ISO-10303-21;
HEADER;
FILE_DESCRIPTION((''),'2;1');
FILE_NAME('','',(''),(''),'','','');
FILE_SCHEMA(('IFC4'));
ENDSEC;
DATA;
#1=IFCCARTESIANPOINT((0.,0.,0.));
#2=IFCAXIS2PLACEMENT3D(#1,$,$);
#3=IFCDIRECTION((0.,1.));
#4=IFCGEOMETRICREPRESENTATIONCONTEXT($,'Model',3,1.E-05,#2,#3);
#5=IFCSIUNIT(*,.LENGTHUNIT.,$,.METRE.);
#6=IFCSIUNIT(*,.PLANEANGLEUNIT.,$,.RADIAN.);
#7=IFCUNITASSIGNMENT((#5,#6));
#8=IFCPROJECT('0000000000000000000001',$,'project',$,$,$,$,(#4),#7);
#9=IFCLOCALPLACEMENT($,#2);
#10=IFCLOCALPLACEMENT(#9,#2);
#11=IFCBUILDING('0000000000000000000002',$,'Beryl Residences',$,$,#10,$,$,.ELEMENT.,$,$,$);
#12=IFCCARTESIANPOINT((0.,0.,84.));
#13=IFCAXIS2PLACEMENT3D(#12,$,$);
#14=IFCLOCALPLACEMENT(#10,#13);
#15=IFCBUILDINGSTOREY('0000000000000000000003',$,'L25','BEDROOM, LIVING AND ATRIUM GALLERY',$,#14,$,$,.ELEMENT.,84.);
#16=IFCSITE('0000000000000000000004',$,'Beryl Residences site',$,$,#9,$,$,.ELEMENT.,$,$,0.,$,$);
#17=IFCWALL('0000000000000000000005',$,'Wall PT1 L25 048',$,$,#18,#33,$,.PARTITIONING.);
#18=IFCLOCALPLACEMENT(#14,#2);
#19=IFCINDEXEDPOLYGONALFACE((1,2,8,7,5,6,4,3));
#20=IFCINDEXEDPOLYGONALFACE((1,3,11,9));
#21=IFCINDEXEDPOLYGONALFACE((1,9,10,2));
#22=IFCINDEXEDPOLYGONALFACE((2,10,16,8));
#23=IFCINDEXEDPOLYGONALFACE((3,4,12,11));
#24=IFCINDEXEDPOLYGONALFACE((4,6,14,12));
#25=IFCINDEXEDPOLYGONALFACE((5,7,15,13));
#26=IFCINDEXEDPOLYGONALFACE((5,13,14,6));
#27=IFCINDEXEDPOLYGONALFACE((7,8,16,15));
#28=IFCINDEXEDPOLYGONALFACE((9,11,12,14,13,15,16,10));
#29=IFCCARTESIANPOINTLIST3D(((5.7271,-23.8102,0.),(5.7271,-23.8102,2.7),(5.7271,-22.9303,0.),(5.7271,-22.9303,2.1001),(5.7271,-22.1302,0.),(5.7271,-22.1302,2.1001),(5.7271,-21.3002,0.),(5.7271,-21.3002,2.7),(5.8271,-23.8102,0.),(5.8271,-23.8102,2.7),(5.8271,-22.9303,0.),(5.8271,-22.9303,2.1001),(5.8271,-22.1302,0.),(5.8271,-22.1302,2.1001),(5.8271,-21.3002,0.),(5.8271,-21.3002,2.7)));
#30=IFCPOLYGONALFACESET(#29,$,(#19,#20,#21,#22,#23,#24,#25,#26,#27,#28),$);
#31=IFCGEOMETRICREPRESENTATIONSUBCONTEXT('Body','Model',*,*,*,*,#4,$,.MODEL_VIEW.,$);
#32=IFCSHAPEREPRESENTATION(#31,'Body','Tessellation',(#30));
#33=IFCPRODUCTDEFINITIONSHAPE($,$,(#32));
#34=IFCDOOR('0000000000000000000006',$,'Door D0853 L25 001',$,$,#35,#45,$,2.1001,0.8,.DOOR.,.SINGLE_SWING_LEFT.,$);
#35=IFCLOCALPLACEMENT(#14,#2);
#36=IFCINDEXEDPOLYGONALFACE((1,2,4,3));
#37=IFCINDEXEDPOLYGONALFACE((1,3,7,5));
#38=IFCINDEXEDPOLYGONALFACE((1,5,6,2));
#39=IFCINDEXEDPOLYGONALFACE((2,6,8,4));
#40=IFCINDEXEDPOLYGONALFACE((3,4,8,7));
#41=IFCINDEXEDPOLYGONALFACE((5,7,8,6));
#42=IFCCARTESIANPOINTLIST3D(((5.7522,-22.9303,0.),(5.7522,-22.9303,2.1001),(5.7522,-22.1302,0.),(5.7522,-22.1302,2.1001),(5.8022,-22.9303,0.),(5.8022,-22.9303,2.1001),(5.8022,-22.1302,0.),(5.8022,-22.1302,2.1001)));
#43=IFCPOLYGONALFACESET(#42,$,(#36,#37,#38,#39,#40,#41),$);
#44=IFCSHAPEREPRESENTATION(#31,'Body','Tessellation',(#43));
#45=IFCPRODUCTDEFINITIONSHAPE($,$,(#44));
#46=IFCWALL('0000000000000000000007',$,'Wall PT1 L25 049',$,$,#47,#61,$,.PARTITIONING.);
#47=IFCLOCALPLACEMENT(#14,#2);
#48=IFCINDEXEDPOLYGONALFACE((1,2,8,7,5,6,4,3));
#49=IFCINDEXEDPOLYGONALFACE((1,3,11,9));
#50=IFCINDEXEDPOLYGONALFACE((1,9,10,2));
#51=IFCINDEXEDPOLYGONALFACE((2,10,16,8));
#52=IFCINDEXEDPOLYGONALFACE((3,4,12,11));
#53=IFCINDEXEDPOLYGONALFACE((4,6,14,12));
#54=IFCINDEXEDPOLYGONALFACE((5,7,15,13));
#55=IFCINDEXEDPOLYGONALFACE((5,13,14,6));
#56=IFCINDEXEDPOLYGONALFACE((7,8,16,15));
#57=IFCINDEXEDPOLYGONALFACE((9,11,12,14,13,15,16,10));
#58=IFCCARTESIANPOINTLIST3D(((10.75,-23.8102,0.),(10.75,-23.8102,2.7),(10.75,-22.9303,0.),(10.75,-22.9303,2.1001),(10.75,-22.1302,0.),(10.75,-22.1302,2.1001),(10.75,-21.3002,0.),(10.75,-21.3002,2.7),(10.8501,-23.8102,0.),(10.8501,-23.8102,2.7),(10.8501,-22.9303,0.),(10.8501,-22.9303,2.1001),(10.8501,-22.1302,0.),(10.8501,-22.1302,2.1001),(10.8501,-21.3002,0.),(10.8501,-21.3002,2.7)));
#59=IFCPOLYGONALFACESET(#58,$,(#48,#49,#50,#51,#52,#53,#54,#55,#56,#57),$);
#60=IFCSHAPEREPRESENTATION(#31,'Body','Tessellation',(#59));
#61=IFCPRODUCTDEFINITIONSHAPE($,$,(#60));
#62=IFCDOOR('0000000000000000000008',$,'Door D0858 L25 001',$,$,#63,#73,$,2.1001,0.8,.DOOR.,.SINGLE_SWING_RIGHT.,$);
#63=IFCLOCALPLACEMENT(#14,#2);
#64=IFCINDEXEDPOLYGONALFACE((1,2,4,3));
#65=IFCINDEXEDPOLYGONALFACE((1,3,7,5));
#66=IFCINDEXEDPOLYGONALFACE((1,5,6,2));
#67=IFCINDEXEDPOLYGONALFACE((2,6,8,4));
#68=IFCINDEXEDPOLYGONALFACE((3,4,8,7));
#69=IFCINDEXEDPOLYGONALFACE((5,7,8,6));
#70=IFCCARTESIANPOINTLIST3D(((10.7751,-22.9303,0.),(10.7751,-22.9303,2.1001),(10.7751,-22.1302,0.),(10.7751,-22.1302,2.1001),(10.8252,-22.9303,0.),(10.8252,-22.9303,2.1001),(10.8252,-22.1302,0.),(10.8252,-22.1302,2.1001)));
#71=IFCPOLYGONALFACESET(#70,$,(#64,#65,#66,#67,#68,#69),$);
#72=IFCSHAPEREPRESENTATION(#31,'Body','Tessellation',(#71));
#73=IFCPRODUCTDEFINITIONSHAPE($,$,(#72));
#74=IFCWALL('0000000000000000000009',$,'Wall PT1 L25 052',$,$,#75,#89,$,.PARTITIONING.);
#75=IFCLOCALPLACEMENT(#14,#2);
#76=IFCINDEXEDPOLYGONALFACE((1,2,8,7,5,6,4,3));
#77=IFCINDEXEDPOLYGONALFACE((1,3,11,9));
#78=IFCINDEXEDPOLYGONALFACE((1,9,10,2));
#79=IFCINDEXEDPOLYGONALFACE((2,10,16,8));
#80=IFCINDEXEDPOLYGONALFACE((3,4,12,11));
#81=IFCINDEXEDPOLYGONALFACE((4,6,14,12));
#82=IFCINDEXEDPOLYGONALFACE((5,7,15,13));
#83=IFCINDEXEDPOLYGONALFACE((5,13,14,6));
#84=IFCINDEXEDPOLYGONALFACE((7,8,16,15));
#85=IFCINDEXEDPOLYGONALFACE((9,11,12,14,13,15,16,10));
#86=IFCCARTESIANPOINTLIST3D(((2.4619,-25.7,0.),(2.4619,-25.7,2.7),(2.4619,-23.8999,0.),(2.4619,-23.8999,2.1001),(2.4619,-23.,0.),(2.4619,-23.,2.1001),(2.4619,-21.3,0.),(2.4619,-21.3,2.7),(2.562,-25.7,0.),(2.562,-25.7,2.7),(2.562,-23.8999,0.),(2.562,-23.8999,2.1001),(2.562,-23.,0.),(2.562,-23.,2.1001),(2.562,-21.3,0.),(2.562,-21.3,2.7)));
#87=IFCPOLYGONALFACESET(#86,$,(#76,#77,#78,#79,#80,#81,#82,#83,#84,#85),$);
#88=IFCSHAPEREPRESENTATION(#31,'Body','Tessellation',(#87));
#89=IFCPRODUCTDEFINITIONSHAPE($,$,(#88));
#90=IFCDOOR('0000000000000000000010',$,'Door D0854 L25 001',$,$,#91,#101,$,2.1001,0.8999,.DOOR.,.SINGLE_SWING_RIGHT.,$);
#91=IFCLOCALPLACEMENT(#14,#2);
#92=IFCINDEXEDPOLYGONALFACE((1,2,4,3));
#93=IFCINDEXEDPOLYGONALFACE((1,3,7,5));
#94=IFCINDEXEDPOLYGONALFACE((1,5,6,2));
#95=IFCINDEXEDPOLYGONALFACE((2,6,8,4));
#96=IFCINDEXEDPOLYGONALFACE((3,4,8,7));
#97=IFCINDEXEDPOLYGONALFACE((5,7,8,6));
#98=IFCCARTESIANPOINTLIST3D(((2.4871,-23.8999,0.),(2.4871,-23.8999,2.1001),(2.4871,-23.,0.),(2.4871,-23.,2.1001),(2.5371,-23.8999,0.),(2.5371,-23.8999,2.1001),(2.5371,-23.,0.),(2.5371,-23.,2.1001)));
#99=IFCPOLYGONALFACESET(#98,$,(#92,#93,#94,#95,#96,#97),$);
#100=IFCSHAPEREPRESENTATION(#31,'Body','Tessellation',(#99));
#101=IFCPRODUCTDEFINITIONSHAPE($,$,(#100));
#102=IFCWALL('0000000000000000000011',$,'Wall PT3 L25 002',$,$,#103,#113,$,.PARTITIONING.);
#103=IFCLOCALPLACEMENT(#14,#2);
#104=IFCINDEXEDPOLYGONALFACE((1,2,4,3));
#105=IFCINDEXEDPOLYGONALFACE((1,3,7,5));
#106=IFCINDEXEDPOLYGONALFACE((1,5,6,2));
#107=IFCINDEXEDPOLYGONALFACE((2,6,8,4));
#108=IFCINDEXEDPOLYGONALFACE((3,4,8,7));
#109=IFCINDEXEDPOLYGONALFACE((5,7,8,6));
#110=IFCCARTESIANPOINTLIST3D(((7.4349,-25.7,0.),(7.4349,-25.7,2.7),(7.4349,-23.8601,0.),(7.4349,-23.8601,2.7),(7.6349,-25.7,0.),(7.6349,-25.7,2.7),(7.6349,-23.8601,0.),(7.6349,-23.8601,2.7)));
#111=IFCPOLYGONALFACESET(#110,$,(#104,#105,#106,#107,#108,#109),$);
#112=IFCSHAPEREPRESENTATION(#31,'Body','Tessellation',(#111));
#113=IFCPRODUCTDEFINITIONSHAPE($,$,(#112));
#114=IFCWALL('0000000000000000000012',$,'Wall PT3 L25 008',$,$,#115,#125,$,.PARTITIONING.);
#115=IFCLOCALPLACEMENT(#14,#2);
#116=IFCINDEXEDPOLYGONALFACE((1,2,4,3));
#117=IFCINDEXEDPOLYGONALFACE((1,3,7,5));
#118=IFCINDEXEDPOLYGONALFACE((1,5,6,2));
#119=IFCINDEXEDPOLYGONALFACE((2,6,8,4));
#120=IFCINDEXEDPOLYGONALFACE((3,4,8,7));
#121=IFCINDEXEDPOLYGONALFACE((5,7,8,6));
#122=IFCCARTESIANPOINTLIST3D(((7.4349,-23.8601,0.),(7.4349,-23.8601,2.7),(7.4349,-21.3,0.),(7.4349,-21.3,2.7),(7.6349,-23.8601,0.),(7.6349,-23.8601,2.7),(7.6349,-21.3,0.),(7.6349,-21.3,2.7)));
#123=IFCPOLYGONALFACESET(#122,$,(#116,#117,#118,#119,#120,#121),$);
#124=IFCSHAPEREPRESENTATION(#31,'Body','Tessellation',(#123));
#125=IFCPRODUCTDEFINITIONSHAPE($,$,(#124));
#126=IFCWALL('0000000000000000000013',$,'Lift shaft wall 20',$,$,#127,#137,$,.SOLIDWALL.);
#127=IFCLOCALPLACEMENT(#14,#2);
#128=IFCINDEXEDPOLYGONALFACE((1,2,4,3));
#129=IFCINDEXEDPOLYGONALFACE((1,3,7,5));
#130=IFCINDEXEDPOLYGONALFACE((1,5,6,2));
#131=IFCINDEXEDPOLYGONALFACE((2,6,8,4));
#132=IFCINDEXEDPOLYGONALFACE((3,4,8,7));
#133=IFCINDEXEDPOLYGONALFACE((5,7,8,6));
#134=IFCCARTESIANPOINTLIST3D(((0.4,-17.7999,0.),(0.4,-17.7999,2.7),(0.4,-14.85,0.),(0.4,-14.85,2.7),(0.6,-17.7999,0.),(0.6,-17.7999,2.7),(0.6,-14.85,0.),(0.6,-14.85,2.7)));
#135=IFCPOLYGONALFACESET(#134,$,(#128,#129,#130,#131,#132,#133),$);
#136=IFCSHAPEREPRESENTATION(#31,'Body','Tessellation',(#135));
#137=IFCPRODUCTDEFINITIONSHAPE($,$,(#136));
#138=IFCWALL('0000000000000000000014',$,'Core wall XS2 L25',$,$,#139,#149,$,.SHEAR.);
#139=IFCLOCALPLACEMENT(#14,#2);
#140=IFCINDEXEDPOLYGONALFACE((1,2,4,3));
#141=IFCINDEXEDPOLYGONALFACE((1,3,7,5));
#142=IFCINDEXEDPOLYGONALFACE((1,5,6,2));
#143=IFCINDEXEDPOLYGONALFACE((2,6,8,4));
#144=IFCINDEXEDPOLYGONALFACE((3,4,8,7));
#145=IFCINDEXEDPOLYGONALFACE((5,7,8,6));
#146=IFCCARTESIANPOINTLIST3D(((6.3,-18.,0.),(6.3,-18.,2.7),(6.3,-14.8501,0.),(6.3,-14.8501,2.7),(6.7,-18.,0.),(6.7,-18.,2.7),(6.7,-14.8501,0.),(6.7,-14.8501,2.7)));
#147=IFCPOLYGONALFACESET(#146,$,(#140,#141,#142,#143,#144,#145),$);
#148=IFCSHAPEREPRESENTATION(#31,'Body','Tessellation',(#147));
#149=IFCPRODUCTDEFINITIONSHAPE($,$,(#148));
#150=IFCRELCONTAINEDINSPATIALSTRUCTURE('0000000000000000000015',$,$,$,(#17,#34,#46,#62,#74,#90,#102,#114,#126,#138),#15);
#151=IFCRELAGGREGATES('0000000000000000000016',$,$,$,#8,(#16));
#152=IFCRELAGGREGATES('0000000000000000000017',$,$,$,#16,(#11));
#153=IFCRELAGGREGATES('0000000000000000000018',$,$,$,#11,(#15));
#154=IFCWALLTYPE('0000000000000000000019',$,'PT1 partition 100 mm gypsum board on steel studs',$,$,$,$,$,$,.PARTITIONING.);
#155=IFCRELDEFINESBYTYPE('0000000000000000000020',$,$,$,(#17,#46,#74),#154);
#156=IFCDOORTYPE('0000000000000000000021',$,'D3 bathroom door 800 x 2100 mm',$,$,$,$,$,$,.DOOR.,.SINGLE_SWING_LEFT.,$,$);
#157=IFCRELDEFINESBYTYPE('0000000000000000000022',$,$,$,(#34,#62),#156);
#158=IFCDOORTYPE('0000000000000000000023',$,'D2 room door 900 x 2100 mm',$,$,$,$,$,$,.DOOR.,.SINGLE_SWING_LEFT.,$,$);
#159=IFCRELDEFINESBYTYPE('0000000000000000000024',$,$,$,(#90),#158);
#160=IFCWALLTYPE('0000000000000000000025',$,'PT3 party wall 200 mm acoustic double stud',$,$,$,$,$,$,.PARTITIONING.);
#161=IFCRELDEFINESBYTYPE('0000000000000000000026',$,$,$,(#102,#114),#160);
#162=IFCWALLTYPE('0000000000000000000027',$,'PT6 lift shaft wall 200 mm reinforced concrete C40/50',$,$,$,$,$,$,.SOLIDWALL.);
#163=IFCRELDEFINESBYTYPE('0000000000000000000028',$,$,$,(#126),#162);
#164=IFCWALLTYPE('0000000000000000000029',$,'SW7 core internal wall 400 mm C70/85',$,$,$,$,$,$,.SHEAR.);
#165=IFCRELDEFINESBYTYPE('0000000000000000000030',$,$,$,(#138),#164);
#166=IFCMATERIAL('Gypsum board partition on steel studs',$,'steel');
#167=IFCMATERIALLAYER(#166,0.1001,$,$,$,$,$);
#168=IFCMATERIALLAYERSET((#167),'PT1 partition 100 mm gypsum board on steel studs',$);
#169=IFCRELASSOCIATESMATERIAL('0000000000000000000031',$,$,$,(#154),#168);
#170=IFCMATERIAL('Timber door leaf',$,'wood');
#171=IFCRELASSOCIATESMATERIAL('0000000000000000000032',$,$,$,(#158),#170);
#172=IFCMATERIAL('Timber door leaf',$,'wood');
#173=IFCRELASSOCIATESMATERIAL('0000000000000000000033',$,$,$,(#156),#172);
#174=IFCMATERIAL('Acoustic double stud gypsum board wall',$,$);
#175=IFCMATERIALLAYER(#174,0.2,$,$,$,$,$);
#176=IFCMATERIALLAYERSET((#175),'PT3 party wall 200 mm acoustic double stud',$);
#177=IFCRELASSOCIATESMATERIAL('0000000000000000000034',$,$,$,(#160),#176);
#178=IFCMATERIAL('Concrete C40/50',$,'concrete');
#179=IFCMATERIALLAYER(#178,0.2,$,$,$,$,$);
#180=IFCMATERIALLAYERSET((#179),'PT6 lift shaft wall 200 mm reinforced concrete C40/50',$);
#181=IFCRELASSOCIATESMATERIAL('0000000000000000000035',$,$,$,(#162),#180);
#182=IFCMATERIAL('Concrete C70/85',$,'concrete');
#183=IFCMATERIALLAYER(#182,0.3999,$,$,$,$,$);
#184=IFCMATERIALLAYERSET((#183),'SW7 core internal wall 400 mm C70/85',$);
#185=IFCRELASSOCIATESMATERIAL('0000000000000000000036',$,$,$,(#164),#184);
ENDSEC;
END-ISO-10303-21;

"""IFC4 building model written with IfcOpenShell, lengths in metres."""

from ifc_helpers import new_model, si_unit, direction, frame, frame_2d, origin, place, context, subcontext, project, spatial, rectangle, extrude, material, layer, layer_set, type_object, element, fill, save


model = new_model("IFC4")

# Units and contexts
model_context = context("Model", 3, precision=1e-05, world=origin(), true_north=direction((0.0, 1.0)))
body_context = subcontext(model_context, "Body", "Model", "MODEL_VIEW")
ifc_project = project(units=[si_unit("LENGTHUNIT", "METRE"), si_unit("PLANEANGLEUNIT", "RADIAN")], contexts=[model_context])

# Site, building, storey
site_placement = place(None, origin())
site = spatial("IfcSite", under=ifc_project, at=site_placement, Name="Beryl Residences site", CompositionType="ELEMENT", RefElevation=0.0)
building_placement = place(site_placement, origin())
building = spatial("IfcBuilding", under=site, at=building_placement, Name="Beryl Residences", CompositionType="ELEMENT")
storey_placement = place(building_placement, frame((0.0, 0.0, 84.0)))
storey = spatial("IfcBuildingStorey", under=building, at=storey_placement, Name="L25", Description="BEDROOM, LIVING AND ATRIUM GALLERY", CompositionType="ELEMENT", Elevation=84.0)

# Shared definitions
ifc_material_1 = material(Name="Gypsum board partition on steel studs", Category="steel")
ifc_layer_1 = layer(ifc_material_1, 0.1001)
ifc_layer_set_1 = layer_set([ifc_layer_1], Name="PT1 partition 100 mm gypsum board on steel studs")
wall_type_1 = type_object("IfcWallType", Name="PT1 partition 100 mm gypsum board on steel studs", PredefinedType="PARTITIONING", material=ifc_layer_set_1)
ifc_material_2 = material(Name="Timber door leaf", Category="wood")
door_type_1 = type_object("IfcDoorType", Name="D2 room door 900 x 2100 mm", OperationType="SINGLE_SWING_LEFT", PredefinedType="DOOR", material=ifc_material_2)

# Walls, openings, doors
wall_1_placement = place(storey_placement, frame((5.7771, -23.8101, 0.0), z_axis=(0.0, 0.0, 1.0), x_axis=(0.0, 1.0, 0.0)))
wall_1 = element("IfcWall", 1, at=wall_1_placement, inside=storey, type_object=wall_type_1, Name="Wall PT1 L25 048", PredefinedType="PARTITIONING", context=body_context, shape_type="SweptSolid", body=[
    extrude(rectangle(XDim=2.51, YDim=0.1001, at=frame_2d((1.2549, 0.0))), origin(), (0.0, 0.0, 1.0), 2.7),
])
opening_1_placement = place(wall_1_placement, frame((0.8799, 0.0, 0.0)))
opening_1 = element("IfcOpeningElement", 2, at=opening_1_placement, cuts=wall_1, PredefinedType="OPENING", context=body_context, shape_type="SweptSolid", body=[
    extrude(rectangle(XDim=0.8, YDim=2.1001, at=frame_2d((0.3999, 1.05))), frame((0.0, 0.0601, 0.0), z_axis=(0.0, -1.0, 0.0), x_axis=(1.0, 0.0, 0.0)), (0.0, 0.0, 1.0), 0.1201),
])
ifc_material_3 = material(Name="Timber door leaf", Category="wood")
door_type_2 = type_object("IfcDoorType", Name="D3 bathroom door 800 x 2100 mm", OperationType="SINGLE_SWING_LEFT", PredefinedType="DOOR", material=ifc_material_3)
door_1_placement = place(opening_1_placement, origin())
door_1 = element("IfcDoor", 3, at=door_1_placement, inside=storey, type_object=door_type_2, Name="Door D0853 L25 001", OperationType="SINGLE_SWING_LEFT", OverallHeight=2.1001, OverallWidth=0.8, PredefinedType="DOOR", context=body_context, shape_type="SweptSolid", body=[
    extrude(rectangle(XDim=0.8, YDim=2.1001, at=frame_2d((0.3999, 1.05))), frame((0.0, 0.0249, 0.0), z_axis=(0.0, -1.0, 0.0), x_axis=(1.0, 0.0, 0.0)), (0.0, 0.0, 1.0), 0.05),
])
fill(opening_1, door_1)
wall_2_placement = place(storey_placement, frame((10.8, -23.8101, 0.0), z_axis=(0.0, 0.0, 1.0), x_axis=(0.0, 1.0, 0.0)))
wall_2 = element("IfcWall", 4, at=wall_2_placement, inside=storey, type_object=wall_type_1, Name="Wall PT1 L25 049", PredefinedType="PARTITIONING", context=body_context, shape_type="SweptSolid", body=[
    extrude(rectangle(XDim=2.51, YDim=0.1001, at=frame_2d((1.2549, 0.0))), origin(), (0.0, 0.0, 1.0), 2.7),
])
opening_2_placement = place(wall_2_placement, frame((0.8799, 0.0, 0.0)))
opening_2 = element("IfcOpeningElement", 5, at=opening_2_placement, cuts=wall_2, PredefinedType="OPENING", context=body_context, shape_type="SweptSolid", body=[
    extrude(rectangle(XDim=0.8, YDim=2.1001, at=frame_2d((0.3999, 1.05))), frame((0.0, 0.0601, 0.0), z_axis=(0.0, -1.0, 0.0), x_axis=(1.0, 0.0, 0.0)), (0.0, 0.0, 1.0), 0.1201),
])
door_2_placement = place(opening_2_placement, origin())
door_2 = element("IfcDoor", 6, at=door_2_placement, inside=storey, type_object=door_type_2, Name="Door D0858 L25 001", OperationType="SINGLE_SWING_RIGHT", OverallHeight=2.1001, OverallWidth=0.8, PredefinedType="DOOR", context=body_context, shape_type="SweptSolid", body=[
    extrude(rectangle(XDim=0.8, YDim=2.1001, at=frame_2d((0.3999, 1.05))), frame((0.0, 0.0249, 0.0), z_axis=(0.0, -1.0, 0.0), x_axis=(1.0, 0.0, 0.0)), (0.0, 0.0, 1.0), 0.05),
])
fill(opening_2, door_2)
wall_3_placement = place(storey_placement, frame((2.512, -25.7, 0.0), z_axis=(0.0, 0.0, 1.0), x_axis=(0.0, 1.0, 0.0)))
wall_3 = element("IfcWall", 7, at=wall_3_placement, inside=storey, type_object=wall_type_1, Name="Wall PT1 L25 052", PredefinedType="PARTITIONING", context=body_context, shape_type="SweptSolid", body=[
    extrude(rectangle(XDim=4.3999, YDim=0.1001, at=frame_2d((2.2, 0.0))), origin(), (0.0, 0.0, 1.0), 2.7),
])
opening_3_placement = place(wall_3_placement, frame((1.8, 0.0, 0.0)))
opening_3 = element("IfcOpeningElement", 8, at=opening_3_placement, cuts=wall_3, PredefinedType="OPENING", context=body_context, shape_type="SweptSolid", body=[
    extrude(rectangle(XDim=0.8999, YDim=2.1001, at=frame_2d((0.45, 1.05))), frame((0.0, 0.0601, 0.0), z_axis=(0.0, -1.0, 0.0), x_axis=(1.0, 0.0, 0.0)), (0.0, 0.0, 1.0), 0.1201),
])
door_3_placement = place(opening_3_placement, origin())
door_3 = element("IfcDoor", 9, at=door_3_placement, inside=storey, type_object=door_type_1, Name="Door D0854 L25 001", OperationType="SINGLE_SWING_RIGHT", OverallHeight=2.1001, OverallWidth=0.8999, PredefinedType="DOOR", context=body_context, shape_type="SweptSolid", body=[
    extrude(rectangle(XDim=0.8999, YDim=2.1001, at=frame_2d((0.45, 1.05))), frame((0.0, 0.0249, 0.0), z_axis=(0.0, -1.0, 0.0), x_axis=(1.0, 0.0, 0.0)), (0.0, 0.0, 1.0), 0.05),
])
fill(opening_3, door_3)

# Walls
ifc_material_4 = material(Name="Acoustic double stud gypsum board wall")
ifc_layer_2 = layer(ifc_material_4, 0.2)
ifc_layer_set_2 = layer_set([ifc_layer_2], Name="PT3 party wall 200 mm acoustic double stud")
wall_type_2 = type_object("IfcWallType", Name="PT3 party wall 200 mm acoustic double stud", PredefinedType="PARTITIONING", material=ifc_layer_set_2)
wall_4_placement = place(storey_placement, frame((7.5349, -23.8601, 0.0), z_axis=(0.0, 0.0, 1.0), x_axis=(0.0, -1.0, 0.0)))
element("IfcWall", 10, at=wall_4_placement, inside=storey, type_object=wall_type_2, Name="Wall PT3 L25 002", PredefinedType="PARTITIONING", context=body_context, shape_type="SweptSolid", body=[
    extrude(rectangle(XDim=1.8398, YDim=0.2, at=frame_2d((0.9199, 0.0))), origin(), (0.0, 0.0, 1.0), 2.7),
])
wall_5_placement = place(storey_placement, frame((7.5349, -23.8601, 0.0), z_axis=(0.0, 0.0, 1.0), x_axis=(0.0, 1.0, 0.0)))
element("IfcWall", 11, at=wall_5_placement, inside=storey, type_object=wall_type_2, Name="Wall PT3 L25 008", PredefinedType="PARTITIONING", context=body_context, shape_type="SweptSolid", body=[
    extrude(rectangle(XDim=2.5601, YDim=0.2, at=frame_2d((1.28, 0.0))), origin(), (0.0, 0.0, 1.0), 2.7),
])
ifc_material_5 = material(Name="Concrete C40/50", Category="concrete")
ifc_layer_3 = layer(ifc_material_5, 0.2)
ifc_layer_set_3 = layer_set([ifc_layer_3], Name="PT6 lift shaft wall 200 mm reinforced concrete C40/50")
wall_type_3 = type_object("IfcWallType", Name="PT6 lift shaft wall 200 mm reinforced concrete C40/50", PredefinedType="SOLIDWALL", material=ifc_layer_set_3)
wall_6_placement = place(storey_placement, frame((0.5, -17.8, 0.0), z_axis=(0.0, 0.0, 1.0), x_axis=(0.0, 1.0, 0.0)))
element("IfcWall", 12, at=wall_6_placement, inside=storey, type_object=wall_type_3, Name="Lift shaft wall 20", PredefinedType="SOLIDWALL", context=body_context, shape_type="SweptSolid", body=[
    extrude(rectangle(XDim=2.95, YDim=0.2, at=frame_2d((1.4751, 0.0))), origin(), (0.0, 0.0, 1.0), 2.7),
])
ifc_material_6 = material(Name="Concrete C70/85", Category="concrete")
ifc_layer_4 = layer(ifc_material_6, 0.3999)
ifc_layer_set_4 = layer_set([ifc_layer_4], Name="SW7 core internal wall 400 mm C70/85")
wall_type_4 = type_object("IfcWallType", Name="SW7 core internal wall 400 mm C70/85", PredefinedType="SHEAR", material=ifc_layer_set_4)
wall_7_placement = place(storey_placement, frame((6.5, -18.0, 0.0), z_axis=(0.0, 0.0, 1.0), x_axis=(0.0, 1.0, 0.0)))
element("IfcWall", 13, at=wall_7_placement, inside=storey, type_object=wall_type_4, Name="Core wall XS2 L25", PredefinedType="SHEAR", context=body_context, shape_type="SweptSolid", body=[
    extrude(rectangle(XDim=3.1499, YDim=0.3999, at=frame_2d((1.575, 0.0))), origin(), (0.0, 0.0, 1.0), 2.7),
])

save(model, "model.ifc")
